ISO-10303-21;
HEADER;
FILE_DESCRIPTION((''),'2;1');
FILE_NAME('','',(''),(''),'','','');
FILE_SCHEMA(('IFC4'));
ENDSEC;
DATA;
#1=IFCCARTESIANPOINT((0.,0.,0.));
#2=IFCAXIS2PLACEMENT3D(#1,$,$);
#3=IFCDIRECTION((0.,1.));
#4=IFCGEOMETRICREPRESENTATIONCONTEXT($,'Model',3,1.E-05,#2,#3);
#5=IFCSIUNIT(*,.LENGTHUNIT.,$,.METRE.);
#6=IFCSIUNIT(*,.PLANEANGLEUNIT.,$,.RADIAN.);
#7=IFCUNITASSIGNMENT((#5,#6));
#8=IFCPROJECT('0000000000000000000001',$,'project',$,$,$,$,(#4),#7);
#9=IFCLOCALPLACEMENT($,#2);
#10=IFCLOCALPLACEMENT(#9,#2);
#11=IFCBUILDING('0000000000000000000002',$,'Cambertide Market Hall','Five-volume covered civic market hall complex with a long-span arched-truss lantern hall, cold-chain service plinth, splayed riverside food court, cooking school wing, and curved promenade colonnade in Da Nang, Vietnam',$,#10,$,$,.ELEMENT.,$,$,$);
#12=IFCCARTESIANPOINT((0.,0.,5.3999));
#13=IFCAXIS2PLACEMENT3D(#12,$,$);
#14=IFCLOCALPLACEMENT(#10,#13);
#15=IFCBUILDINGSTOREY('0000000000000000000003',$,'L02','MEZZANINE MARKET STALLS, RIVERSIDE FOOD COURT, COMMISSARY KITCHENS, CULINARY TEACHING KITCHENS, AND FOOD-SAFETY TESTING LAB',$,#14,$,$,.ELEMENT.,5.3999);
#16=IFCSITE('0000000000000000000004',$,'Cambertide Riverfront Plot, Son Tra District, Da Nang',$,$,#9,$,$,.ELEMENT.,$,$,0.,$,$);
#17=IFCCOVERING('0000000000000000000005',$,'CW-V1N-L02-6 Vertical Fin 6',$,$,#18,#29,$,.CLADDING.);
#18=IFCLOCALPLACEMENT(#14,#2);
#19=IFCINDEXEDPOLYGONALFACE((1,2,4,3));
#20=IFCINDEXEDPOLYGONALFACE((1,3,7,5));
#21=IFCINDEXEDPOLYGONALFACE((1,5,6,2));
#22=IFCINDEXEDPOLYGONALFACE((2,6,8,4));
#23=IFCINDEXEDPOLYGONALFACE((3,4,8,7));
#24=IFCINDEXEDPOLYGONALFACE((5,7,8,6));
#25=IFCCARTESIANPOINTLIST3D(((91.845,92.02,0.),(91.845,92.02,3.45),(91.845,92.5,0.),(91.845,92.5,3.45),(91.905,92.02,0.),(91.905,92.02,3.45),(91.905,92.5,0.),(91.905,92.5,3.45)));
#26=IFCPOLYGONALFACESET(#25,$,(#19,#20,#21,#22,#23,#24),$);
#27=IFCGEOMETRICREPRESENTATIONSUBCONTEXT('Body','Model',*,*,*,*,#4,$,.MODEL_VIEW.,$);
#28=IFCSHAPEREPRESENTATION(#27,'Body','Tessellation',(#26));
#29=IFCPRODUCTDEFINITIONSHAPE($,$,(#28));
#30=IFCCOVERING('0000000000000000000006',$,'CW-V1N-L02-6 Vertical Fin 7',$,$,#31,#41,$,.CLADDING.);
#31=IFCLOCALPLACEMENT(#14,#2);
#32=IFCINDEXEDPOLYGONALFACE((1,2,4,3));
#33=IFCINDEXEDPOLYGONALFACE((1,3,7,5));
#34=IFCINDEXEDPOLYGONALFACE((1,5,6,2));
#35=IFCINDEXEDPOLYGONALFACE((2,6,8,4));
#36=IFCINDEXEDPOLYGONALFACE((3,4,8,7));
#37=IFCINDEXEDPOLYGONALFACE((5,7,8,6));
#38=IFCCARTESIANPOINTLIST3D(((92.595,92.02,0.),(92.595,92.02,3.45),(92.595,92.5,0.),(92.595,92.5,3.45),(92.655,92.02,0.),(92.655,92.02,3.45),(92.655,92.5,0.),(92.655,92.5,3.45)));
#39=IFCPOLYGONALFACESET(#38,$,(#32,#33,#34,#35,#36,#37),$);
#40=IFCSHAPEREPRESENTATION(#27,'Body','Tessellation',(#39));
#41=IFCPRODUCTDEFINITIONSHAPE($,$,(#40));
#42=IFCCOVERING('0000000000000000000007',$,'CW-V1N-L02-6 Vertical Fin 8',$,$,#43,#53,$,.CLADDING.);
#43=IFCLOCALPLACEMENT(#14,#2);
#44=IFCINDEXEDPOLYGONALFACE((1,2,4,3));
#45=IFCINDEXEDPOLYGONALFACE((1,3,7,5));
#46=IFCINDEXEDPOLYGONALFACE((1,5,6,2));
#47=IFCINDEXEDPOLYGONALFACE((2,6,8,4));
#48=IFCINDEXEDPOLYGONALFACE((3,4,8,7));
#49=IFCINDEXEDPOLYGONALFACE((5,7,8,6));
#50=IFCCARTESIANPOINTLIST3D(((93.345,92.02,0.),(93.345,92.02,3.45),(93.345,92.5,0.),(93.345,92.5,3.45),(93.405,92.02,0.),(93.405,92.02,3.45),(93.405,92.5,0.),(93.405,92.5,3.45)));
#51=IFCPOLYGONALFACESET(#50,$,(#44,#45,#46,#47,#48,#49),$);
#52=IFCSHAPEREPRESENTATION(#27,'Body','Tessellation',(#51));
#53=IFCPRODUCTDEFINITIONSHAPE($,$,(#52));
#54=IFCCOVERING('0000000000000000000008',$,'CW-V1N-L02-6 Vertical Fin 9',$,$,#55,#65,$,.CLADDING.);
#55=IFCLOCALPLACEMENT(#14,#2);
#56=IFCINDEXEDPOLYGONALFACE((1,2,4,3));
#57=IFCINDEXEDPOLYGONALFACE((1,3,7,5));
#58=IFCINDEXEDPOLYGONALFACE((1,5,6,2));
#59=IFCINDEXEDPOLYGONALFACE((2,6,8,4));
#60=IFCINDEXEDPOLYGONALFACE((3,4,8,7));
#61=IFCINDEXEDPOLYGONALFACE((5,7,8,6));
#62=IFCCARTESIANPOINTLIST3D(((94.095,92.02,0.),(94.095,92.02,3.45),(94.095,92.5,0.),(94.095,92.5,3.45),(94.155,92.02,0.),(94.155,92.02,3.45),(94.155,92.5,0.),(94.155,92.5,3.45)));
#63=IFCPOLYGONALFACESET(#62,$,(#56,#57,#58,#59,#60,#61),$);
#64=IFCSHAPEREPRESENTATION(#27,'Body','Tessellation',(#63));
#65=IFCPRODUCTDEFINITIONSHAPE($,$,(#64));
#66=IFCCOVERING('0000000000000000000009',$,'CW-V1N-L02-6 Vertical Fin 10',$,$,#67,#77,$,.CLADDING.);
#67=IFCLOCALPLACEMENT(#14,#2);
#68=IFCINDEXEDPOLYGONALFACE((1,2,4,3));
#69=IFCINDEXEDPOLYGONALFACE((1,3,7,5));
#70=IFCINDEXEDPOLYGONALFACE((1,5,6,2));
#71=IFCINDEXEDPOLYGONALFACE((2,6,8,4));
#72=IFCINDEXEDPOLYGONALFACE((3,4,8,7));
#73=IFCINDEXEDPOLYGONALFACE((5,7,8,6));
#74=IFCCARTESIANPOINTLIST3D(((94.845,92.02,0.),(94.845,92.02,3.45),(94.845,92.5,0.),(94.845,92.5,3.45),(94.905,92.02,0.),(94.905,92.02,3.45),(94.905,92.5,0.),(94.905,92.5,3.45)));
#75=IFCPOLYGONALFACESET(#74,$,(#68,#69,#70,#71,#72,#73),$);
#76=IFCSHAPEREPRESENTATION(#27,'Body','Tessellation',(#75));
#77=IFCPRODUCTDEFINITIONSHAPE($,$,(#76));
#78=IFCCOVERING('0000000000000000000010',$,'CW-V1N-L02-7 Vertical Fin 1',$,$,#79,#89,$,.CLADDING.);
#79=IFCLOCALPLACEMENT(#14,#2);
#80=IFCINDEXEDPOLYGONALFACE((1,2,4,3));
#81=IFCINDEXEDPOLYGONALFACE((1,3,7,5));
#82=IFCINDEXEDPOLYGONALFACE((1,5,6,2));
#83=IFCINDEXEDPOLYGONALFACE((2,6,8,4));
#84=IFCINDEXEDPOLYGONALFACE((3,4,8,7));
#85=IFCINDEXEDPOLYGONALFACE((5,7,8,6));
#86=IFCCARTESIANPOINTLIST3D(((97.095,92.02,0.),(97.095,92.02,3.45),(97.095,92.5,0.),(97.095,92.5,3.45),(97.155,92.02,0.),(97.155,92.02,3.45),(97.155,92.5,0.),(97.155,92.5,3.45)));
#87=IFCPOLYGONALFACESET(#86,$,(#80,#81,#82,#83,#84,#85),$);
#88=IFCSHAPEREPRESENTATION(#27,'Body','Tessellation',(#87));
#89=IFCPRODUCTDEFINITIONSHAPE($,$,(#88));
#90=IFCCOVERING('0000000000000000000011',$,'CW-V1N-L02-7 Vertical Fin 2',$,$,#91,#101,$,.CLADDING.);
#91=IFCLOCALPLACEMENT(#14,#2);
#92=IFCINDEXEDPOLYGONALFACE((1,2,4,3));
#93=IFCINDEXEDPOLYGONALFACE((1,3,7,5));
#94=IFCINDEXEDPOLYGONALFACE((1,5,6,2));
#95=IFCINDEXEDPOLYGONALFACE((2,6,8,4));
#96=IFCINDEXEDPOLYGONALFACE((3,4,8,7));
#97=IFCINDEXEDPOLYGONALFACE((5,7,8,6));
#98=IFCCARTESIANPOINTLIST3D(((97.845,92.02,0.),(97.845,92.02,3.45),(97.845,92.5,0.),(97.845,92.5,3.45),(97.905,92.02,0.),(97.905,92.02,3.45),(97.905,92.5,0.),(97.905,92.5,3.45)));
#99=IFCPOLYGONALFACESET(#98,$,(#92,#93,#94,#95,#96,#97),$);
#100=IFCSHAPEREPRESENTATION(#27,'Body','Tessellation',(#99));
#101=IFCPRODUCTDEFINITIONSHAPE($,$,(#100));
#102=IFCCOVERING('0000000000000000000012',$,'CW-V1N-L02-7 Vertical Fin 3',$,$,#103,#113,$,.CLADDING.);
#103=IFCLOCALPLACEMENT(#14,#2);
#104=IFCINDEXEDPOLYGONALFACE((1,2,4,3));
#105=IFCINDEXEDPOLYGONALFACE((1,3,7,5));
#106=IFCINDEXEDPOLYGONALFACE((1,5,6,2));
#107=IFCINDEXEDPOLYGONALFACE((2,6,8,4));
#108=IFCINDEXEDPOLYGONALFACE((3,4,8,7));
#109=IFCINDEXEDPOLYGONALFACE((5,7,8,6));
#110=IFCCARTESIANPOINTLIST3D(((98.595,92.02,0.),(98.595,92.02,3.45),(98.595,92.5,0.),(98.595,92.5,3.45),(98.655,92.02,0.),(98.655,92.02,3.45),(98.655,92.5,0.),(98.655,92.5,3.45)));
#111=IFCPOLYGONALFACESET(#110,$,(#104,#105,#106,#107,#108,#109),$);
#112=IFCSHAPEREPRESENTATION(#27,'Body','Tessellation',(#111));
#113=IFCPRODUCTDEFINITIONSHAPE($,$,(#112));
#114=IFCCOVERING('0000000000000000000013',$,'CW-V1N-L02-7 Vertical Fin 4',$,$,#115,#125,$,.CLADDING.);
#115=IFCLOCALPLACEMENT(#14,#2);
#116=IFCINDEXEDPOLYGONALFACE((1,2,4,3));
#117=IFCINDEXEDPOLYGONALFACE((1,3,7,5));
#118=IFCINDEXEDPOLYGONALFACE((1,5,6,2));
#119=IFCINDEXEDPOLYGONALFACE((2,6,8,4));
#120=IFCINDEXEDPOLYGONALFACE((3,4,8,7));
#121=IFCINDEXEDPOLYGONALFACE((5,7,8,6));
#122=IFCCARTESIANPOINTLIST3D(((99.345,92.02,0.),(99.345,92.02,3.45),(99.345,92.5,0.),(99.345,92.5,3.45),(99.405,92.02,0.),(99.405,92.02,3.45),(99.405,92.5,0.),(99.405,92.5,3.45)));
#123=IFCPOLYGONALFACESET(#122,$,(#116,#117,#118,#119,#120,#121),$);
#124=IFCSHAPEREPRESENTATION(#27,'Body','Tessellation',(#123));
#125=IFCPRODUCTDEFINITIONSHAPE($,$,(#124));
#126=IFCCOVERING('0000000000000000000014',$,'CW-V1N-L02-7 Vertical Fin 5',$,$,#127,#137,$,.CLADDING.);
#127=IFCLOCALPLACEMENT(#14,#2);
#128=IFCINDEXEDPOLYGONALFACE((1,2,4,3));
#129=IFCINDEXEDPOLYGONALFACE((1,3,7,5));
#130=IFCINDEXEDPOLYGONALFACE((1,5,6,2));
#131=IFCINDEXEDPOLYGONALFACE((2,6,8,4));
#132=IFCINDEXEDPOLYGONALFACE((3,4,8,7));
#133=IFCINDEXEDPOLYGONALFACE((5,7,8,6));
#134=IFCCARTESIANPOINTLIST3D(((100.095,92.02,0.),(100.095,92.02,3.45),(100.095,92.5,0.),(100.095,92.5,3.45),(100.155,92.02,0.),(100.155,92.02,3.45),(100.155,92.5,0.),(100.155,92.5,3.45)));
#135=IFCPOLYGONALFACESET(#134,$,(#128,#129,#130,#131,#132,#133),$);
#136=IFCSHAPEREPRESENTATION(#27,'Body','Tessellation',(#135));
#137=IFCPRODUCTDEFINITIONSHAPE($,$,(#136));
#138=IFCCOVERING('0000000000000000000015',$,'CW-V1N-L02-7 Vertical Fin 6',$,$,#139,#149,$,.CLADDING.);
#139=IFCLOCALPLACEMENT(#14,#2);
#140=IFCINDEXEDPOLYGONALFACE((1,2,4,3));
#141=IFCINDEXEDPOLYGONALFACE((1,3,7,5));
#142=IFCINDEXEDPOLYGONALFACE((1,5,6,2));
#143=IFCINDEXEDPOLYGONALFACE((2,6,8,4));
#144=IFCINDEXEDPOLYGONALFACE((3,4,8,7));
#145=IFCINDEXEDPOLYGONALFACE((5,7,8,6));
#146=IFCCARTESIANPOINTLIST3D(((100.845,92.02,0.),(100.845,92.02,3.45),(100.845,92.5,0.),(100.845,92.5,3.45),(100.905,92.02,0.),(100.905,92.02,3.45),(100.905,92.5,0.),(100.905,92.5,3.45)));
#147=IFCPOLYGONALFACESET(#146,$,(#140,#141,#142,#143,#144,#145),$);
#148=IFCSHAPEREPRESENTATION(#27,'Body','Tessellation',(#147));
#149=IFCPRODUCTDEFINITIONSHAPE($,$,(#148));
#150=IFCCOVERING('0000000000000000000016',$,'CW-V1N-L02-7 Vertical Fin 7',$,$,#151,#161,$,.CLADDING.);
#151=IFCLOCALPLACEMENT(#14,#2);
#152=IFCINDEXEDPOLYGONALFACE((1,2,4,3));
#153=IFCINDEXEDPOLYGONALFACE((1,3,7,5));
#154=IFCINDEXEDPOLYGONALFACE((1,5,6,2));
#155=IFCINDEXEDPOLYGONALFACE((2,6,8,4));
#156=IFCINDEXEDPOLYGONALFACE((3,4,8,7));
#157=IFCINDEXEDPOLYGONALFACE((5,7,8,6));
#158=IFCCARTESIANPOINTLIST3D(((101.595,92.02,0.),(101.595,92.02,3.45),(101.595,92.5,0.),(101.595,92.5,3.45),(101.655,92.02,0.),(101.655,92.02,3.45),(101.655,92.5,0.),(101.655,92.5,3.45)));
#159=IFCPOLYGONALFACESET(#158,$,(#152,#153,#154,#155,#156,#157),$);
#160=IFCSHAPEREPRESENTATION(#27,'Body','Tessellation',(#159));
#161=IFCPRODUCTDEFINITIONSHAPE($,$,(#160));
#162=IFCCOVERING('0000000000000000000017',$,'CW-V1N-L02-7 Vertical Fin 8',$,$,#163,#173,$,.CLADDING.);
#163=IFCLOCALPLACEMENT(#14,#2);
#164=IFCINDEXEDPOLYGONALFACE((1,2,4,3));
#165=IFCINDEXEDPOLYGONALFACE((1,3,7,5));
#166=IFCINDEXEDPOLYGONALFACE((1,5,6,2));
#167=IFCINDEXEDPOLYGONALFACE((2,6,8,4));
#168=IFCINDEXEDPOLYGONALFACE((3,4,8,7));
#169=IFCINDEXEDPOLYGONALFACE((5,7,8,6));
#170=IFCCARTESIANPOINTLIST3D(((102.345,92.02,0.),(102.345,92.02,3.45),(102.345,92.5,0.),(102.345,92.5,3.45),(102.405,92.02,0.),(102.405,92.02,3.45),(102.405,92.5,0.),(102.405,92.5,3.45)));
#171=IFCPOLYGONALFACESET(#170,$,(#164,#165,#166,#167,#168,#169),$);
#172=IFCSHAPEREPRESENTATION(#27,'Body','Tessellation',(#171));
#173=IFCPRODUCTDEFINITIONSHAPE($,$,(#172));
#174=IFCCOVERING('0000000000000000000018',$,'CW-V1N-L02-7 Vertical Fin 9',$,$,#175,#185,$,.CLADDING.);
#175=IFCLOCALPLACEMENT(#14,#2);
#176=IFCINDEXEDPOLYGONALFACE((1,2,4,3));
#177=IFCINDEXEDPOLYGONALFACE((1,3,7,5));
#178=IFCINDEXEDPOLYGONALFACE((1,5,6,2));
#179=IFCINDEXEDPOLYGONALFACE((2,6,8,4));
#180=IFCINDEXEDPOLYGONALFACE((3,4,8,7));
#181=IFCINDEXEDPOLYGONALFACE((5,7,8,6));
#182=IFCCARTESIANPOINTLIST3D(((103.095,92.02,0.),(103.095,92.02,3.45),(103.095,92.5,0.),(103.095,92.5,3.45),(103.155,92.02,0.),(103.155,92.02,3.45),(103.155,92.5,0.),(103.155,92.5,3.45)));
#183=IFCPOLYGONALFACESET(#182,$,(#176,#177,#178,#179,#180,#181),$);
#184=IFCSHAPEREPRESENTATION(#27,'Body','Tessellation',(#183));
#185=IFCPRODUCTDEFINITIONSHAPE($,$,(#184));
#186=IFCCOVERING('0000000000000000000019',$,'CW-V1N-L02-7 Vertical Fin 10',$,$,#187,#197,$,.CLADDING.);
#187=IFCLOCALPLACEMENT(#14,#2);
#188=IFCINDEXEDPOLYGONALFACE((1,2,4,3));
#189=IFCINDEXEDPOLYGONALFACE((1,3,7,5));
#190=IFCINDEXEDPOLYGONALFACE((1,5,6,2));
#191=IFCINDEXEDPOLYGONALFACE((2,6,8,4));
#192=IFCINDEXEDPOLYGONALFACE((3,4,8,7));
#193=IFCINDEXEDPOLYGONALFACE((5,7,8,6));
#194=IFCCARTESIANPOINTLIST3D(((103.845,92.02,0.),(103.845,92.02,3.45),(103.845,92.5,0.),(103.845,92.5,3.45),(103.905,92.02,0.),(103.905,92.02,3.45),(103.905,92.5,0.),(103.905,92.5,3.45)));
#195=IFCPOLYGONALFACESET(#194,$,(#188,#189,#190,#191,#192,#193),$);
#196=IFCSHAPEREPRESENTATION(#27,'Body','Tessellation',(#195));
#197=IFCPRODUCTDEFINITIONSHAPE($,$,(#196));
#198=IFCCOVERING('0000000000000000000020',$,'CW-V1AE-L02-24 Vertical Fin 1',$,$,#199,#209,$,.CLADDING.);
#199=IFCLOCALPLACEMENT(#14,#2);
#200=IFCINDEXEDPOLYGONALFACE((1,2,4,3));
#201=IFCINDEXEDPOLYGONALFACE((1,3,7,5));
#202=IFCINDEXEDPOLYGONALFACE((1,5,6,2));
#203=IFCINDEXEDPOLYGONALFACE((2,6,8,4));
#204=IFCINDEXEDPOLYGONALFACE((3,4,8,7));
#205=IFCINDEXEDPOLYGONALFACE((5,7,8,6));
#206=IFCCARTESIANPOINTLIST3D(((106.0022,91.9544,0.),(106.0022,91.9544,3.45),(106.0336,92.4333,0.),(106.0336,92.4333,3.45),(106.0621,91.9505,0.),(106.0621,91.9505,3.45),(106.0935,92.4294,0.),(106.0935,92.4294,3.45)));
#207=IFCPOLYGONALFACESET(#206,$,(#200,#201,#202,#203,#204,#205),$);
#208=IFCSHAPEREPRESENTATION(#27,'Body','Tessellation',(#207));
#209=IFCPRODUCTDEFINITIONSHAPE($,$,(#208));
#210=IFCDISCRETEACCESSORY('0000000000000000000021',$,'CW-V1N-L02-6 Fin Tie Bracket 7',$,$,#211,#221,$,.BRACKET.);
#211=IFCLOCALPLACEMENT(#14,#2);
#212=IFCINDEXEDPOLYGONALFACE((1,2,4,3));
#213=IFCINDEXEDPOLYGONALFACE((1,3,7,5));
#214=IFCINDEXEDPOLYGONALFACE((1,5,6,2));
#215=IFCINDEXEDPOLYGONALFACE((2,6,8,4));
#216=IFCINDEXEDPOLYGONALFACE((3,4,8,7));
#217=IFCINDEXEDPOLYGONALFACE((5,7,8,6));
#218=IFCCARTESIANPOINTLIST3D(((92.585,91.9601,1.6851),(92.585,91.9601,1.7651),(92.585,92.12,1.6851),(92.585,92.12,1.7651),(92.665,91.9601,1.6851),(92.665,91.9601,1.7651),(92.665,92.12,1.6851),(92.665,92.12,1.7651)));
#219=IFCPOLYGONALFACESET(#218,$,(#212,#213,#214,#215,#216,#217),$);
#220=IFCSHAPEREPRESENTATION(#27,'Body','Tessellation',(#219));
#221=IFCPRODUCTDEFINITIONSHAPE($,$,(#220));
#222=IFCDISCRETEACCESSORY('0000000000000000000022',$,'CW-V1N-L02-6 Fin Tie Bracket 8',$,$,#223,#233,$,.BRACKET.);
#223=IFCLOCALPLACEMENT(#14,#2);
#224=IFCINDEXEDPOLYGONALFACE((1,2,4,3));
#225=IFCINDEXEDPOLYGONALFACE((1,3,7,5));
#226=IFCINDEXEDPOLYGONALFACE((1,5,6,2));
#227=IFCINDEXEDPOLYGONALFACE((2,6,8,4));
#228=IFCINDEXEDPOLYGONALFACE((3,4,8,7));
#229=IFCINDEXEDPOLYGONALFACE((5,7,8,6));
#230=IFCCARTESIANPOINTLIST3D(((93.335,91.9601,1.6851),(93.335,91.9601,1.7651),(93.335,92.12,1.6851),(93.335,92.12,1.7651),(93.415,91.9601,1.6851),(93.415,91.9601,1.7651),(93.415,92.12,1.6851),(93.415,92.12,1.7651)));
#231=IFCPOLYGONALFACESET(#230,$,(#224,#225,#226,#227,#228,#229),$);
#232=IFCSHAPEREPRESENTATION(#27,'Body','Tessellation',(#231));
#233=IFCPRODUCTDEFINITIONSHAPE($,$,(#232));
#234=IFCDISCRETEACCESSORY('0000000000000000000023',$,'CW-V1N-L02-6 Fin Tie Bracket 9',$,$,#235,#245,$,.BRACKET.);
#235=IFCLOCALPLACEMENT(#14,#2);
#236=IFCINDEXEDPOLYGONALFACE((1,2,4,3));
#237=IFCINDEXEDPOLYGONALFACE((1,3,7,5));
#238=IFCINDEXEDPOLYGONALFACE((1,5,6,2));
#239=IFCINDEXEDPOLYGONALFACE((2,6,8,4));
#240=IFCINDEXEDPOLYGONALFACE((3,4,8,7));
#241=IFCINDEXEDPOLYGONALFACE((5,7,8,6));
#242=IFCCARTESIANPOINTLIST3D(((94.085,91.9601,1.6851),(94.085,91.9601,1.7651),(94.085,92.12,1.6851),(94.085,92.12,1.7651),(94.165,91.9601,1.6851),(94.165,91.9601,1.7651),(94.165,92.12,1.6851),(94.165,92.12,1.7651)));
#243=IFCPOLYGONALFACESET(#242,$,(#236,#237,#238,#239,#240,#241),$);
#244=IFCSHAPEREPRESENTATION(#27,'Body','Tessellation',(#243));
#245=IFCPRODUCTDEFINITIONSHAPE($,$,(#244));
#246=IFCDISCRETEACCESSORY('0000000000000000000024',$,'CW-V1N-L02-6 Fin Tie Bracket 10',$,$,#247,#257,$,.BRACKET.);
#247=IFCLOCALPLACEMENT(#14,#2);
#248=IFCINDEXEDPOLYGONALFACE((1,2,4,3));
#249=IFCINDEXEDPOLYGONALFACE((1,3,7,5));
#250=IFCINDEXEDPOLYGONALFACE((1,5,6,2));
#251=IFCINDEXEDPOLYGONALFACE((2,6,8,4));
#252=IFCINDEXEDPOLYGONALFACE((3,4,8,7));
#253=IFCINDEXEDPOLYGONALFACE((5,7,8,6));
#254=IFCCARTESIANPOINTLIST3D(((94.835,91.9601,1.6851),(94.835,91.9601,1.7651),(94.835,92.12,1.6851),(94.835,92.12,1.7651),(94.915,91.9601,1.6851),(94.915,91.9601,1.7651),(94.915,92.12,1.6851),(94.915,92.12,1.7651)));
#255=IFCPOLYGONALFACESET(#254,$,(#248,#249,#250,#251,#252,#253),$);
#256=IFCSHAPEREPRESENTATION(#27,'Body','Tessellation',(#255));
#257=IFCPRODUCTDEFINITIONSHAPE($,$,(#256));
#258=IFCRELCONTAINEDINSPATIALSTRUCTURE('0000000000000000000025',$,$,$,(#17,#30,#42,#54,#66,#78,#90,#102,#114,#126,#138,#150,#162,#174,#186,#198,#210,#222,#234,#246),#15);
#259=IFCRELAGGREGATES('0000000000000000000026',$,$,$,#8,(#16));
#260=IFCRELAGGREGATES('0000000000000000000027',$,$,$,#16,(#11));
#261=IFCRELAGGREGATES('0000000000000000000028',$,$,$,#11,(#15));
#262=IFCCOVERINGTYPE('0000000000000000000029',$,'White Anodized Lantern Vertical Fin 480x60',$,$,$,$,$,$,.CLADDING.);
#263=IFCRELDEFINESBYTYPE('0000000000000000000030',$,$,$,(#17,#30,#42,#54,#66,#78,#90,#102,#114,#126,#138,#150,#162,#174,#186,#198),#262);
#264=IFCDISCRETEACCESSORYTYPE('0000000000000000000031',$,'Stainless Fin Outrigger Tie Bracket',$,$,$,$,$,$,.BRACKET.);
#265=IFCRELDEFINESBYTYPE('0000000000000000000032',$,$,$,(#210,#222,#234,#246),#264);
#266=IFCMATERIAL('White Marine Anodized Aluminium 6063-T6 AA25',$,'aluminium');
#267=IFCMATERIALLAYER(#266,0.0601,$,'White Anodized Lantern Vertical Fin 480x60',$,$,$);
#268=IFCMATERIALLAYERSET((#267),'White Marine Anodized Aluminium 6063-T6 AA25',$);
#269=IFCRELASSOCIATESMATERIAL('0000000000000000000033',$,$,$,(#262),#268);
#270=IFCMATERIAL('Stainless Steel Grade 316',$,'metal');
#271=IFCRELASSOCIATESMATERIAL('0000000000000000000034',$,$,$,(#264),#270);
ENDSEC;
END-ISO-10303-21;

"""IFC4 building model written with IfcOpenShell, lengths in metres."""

from ifc_helpers import new_model, si_unit, direction, frame, origin, origin_2d, place, context, subcontext, project, spatial, rectangle, extrude, material, layer, layer_set, type_object, element, save


model = new_model("IFC4")

# Units and contexts
model_context = context("Model", 3, precision=1e-05, world=origin(), true_north=direction((0.0, 1.0)))
body_context = subcontext(model_context, "Body", "Model", "MODEL_VIEW")
ifc_project = project(units=[si_unit("LENGTHUNIT", "METRE"), si_unit("PLANEANGLEUNIT", "RADIAN")], contexts=[model_context])

# Site, building, storey
site_placement = place(None, origin())
site = spatial("IfcSite", under=ifc_project, at=site_placement, Name="Cambertide Riverfront Plot, Son Tra District, Da Nang", CompositionType="ELEMENT", RefElevation=0.0)
building_placement = place(site_placement, origin())
building = spatial("IfcBuilding", under=site, at=building_placement, Name="Cambertide Market Hall", Description="Five-volume covered civic market hall complex with a long-span arched-truss lantern hall, cold-chain service plinth, splayed riverside food court, cooking school wing, and curved promenade colonnade in Da Nang, Vietnam", CompositionType="ELEMENT")
storey_placement = place(building_placement, frame((0.0, 0.0, 5.3999)))
storey = spatial("IfcBuildingStorey", under=building, at=storey_placement, Name="L02", Description="MEZZANINE MARKET STALLS, RIVERSIDE FOOD COURT, COMMISSARY KITCHENS, CULINARY TEACHING KITCHENS, AND FOOD-SAFETY TESTING LAB", CompositionType="ELEMENT", Elevation=5.3999)

# Coverings
ifc_material_1 = material(Name="White Marine Anodized Aluminium 6063-T6 AA25", Category="aluminium")
ifc_layer = layer(ifc_material_1, 0.0601, Name="White Anodized Lantern Vertical Fin 480x60")
ifc_layer_set = layer_set([ifc_layer], Name="White Marine Anodized Aluminium 6063-T6 AA25")
covering_type = type_object("IfcCoveringType", Name="White Anodized Lantern Vertical Fin 480x60", PredefinedType="CLADDING", material=ifc_layer_set)
for number, where, z_axis, x_axis, name in (
    (1, (91.875, 92.26, 0.0), (0.0, 0.0, 1.0), (1.0, 0.0, 0.0), "CW-V1N-L02-6 Vertical Fin 6"),
    (2, (92.625, 92.26, 0.0), (0.0, 0.0, 1.0), (1.0, 0.0, 0.0), "CW-V1N-L02-6 Vertical Fin 7"),
    (3, (93.375, 92.26, 0.0), (0.0, 0.0, 1.0), (1.0, 0.0, 0.0), "CW-V1N-L02-6 Vertical Fin 8"),
    (4, (94.125, 92.26, 0.0), (0.0, 0.0, 1.0), (1.0, 0.0, 0.0), "CW-V1N-L02-6 Vertical Fin 9"),
    (5, (94.875, 92.26, 0.0), (0.0, 0.0, 1.0), (1.0, 0.0, 0.0), "CW-V1N-L02-6 Vertical Fin 10"),
    (6, (97.125, 92.26, 0.0), (0.0, 0.0, 1.0), (1.0, 0.0, 0.0), "CW-V1N-L02-7 Vertical Fin 1"),
    (7, (97.875, 92.26, 0.0), (0.0, 0.0, 1.0), (1.0, 0.0, 0.0), "CW-V1N-L02-7 Vertical Fin 2"),
    (8, (98.625, 92.26, 0.0), (0.0, 0.0, 1.0), (1.0, 0.0, 0.0), "CW-V1N-L02-7 Vertical Fin 3"),
    (9, (99.375, 92.26, 0.0), (0.0, 0.0, 1.0), (1.0, 0.0, 0.0), "CW-V1N-L02-7 Vertical Fin 4"),
    (10, (100.125, 92.26, 0.0), (0.0, 0.0, 1.0), (1.0, 0.0, 0.0), "CW-V1N-L02-7 Vertical Fin 5"),
    (11, (100.875, 92.26, 0.0), (0.0, 0.0, 1.0), (1.0, 0.0, 0.0), "CW-V1N-L02-7 Vertical Fin 6"),
    (12, (101.625, 92.26, 0.0), (0.0, 0.0, 1.0), (1.0, 0.0, 0.0), "CW-V1N-L02-7 Vertical Fin 7"),
    (13, (102.375, 92.26, 0.0), (0.0, 0.0, 1.0), (1.0, 0.0, 0.0), "CW-V1N-L02-7 Vertical Fin 8"),
    (14, (103.125, 92.26, 0.0), (0.0, 0.0, 1.0), (1.0, 0.0, 0.0), "CW-V1N-L02-7 Vertical Fin 9"),
    (15, (103.875, 92.26, 0.0), (0.0, 0.0, 1.0), (1.0, 0.0, 0.0), "CW-V1N-L02-7 Vertical Fin 10"),
    (16, (106.0479, 92.1919, 0.0), (0.0, 0.0, 1.0), (0.997859, -0.065403, 0.0), "CW-V1AE-L02-24 Vertical Fin 1"),
):
    element("IfcCovering", number, at=place(storey_placement, frame(where, z_axis=z_axis, x_axis=x_axis)), inside=storey, type_object=covering_type, Name=name, PredefinedType="CLADDING", context=body_context, shape_type="SweptSolid", body=[
        extrude(rectangle(XDim=0.0601, YDim=0.48, at=origin_2d()), origin(), (0.0, 0.0, 1.0), 3.45),
    ])

# Discrete accessories
ifc_material_2 = material(Name="Stainless Steel Grade 316", Category="metal")
discrete_accessory_type = type_object("IfcDiscreteAccessoryType", Name="Stainless Fin Outrigger Tie Bracket", PredefinedType="BRACKET", material=ifc_material_2)
for number, where, z_axis, x_axis, name in (
    (17, (92.625, 92.04, 1.6851), (0.0, 0.0, 1.0), (1.0, 0.0, 0.0), "CW-V1N-L02-6 Fin Tie Bracket 7"),
    (18, (93.375, 92.04, 1.6851), (0.0, 0.0, 1.0), (1.0, 0.0, 0.0), "CW-V1N-L02-6 Fin Tie Bracket 8"),
    (19, (94.125, 92.04, 1.6851), (0.0, 0.0, 1.0), (1.0, 0.0, 0.0), "CW-V1N-L02-6 Fin Tie Bracket 9"),
    (20, (94.875, 92.04, 1.6851), (0.0, 0.0, 1.0), (1.0, 0.0, 0.0), "CW-V1N-L02-6 Fin Tie Bracket 10"),
):
    element("IfcDiscreteAccessory", number, at=place(storey_placement, frame(where, z_axis=z_axis, x_axis=x_axis)), inside=storey, type_object=discrete_accessory_type, Name=name, PredefinedType="BRACKET", context=body_context, shape_type="SweptSolid", body=[
        extrude(rectangle(XDim=0.0801, YDim=0.1599, at=origin_2d()), origin(), (0.0, 0.0, 1.0), 0.0801),
    ])

save(model, "model.ifc")
